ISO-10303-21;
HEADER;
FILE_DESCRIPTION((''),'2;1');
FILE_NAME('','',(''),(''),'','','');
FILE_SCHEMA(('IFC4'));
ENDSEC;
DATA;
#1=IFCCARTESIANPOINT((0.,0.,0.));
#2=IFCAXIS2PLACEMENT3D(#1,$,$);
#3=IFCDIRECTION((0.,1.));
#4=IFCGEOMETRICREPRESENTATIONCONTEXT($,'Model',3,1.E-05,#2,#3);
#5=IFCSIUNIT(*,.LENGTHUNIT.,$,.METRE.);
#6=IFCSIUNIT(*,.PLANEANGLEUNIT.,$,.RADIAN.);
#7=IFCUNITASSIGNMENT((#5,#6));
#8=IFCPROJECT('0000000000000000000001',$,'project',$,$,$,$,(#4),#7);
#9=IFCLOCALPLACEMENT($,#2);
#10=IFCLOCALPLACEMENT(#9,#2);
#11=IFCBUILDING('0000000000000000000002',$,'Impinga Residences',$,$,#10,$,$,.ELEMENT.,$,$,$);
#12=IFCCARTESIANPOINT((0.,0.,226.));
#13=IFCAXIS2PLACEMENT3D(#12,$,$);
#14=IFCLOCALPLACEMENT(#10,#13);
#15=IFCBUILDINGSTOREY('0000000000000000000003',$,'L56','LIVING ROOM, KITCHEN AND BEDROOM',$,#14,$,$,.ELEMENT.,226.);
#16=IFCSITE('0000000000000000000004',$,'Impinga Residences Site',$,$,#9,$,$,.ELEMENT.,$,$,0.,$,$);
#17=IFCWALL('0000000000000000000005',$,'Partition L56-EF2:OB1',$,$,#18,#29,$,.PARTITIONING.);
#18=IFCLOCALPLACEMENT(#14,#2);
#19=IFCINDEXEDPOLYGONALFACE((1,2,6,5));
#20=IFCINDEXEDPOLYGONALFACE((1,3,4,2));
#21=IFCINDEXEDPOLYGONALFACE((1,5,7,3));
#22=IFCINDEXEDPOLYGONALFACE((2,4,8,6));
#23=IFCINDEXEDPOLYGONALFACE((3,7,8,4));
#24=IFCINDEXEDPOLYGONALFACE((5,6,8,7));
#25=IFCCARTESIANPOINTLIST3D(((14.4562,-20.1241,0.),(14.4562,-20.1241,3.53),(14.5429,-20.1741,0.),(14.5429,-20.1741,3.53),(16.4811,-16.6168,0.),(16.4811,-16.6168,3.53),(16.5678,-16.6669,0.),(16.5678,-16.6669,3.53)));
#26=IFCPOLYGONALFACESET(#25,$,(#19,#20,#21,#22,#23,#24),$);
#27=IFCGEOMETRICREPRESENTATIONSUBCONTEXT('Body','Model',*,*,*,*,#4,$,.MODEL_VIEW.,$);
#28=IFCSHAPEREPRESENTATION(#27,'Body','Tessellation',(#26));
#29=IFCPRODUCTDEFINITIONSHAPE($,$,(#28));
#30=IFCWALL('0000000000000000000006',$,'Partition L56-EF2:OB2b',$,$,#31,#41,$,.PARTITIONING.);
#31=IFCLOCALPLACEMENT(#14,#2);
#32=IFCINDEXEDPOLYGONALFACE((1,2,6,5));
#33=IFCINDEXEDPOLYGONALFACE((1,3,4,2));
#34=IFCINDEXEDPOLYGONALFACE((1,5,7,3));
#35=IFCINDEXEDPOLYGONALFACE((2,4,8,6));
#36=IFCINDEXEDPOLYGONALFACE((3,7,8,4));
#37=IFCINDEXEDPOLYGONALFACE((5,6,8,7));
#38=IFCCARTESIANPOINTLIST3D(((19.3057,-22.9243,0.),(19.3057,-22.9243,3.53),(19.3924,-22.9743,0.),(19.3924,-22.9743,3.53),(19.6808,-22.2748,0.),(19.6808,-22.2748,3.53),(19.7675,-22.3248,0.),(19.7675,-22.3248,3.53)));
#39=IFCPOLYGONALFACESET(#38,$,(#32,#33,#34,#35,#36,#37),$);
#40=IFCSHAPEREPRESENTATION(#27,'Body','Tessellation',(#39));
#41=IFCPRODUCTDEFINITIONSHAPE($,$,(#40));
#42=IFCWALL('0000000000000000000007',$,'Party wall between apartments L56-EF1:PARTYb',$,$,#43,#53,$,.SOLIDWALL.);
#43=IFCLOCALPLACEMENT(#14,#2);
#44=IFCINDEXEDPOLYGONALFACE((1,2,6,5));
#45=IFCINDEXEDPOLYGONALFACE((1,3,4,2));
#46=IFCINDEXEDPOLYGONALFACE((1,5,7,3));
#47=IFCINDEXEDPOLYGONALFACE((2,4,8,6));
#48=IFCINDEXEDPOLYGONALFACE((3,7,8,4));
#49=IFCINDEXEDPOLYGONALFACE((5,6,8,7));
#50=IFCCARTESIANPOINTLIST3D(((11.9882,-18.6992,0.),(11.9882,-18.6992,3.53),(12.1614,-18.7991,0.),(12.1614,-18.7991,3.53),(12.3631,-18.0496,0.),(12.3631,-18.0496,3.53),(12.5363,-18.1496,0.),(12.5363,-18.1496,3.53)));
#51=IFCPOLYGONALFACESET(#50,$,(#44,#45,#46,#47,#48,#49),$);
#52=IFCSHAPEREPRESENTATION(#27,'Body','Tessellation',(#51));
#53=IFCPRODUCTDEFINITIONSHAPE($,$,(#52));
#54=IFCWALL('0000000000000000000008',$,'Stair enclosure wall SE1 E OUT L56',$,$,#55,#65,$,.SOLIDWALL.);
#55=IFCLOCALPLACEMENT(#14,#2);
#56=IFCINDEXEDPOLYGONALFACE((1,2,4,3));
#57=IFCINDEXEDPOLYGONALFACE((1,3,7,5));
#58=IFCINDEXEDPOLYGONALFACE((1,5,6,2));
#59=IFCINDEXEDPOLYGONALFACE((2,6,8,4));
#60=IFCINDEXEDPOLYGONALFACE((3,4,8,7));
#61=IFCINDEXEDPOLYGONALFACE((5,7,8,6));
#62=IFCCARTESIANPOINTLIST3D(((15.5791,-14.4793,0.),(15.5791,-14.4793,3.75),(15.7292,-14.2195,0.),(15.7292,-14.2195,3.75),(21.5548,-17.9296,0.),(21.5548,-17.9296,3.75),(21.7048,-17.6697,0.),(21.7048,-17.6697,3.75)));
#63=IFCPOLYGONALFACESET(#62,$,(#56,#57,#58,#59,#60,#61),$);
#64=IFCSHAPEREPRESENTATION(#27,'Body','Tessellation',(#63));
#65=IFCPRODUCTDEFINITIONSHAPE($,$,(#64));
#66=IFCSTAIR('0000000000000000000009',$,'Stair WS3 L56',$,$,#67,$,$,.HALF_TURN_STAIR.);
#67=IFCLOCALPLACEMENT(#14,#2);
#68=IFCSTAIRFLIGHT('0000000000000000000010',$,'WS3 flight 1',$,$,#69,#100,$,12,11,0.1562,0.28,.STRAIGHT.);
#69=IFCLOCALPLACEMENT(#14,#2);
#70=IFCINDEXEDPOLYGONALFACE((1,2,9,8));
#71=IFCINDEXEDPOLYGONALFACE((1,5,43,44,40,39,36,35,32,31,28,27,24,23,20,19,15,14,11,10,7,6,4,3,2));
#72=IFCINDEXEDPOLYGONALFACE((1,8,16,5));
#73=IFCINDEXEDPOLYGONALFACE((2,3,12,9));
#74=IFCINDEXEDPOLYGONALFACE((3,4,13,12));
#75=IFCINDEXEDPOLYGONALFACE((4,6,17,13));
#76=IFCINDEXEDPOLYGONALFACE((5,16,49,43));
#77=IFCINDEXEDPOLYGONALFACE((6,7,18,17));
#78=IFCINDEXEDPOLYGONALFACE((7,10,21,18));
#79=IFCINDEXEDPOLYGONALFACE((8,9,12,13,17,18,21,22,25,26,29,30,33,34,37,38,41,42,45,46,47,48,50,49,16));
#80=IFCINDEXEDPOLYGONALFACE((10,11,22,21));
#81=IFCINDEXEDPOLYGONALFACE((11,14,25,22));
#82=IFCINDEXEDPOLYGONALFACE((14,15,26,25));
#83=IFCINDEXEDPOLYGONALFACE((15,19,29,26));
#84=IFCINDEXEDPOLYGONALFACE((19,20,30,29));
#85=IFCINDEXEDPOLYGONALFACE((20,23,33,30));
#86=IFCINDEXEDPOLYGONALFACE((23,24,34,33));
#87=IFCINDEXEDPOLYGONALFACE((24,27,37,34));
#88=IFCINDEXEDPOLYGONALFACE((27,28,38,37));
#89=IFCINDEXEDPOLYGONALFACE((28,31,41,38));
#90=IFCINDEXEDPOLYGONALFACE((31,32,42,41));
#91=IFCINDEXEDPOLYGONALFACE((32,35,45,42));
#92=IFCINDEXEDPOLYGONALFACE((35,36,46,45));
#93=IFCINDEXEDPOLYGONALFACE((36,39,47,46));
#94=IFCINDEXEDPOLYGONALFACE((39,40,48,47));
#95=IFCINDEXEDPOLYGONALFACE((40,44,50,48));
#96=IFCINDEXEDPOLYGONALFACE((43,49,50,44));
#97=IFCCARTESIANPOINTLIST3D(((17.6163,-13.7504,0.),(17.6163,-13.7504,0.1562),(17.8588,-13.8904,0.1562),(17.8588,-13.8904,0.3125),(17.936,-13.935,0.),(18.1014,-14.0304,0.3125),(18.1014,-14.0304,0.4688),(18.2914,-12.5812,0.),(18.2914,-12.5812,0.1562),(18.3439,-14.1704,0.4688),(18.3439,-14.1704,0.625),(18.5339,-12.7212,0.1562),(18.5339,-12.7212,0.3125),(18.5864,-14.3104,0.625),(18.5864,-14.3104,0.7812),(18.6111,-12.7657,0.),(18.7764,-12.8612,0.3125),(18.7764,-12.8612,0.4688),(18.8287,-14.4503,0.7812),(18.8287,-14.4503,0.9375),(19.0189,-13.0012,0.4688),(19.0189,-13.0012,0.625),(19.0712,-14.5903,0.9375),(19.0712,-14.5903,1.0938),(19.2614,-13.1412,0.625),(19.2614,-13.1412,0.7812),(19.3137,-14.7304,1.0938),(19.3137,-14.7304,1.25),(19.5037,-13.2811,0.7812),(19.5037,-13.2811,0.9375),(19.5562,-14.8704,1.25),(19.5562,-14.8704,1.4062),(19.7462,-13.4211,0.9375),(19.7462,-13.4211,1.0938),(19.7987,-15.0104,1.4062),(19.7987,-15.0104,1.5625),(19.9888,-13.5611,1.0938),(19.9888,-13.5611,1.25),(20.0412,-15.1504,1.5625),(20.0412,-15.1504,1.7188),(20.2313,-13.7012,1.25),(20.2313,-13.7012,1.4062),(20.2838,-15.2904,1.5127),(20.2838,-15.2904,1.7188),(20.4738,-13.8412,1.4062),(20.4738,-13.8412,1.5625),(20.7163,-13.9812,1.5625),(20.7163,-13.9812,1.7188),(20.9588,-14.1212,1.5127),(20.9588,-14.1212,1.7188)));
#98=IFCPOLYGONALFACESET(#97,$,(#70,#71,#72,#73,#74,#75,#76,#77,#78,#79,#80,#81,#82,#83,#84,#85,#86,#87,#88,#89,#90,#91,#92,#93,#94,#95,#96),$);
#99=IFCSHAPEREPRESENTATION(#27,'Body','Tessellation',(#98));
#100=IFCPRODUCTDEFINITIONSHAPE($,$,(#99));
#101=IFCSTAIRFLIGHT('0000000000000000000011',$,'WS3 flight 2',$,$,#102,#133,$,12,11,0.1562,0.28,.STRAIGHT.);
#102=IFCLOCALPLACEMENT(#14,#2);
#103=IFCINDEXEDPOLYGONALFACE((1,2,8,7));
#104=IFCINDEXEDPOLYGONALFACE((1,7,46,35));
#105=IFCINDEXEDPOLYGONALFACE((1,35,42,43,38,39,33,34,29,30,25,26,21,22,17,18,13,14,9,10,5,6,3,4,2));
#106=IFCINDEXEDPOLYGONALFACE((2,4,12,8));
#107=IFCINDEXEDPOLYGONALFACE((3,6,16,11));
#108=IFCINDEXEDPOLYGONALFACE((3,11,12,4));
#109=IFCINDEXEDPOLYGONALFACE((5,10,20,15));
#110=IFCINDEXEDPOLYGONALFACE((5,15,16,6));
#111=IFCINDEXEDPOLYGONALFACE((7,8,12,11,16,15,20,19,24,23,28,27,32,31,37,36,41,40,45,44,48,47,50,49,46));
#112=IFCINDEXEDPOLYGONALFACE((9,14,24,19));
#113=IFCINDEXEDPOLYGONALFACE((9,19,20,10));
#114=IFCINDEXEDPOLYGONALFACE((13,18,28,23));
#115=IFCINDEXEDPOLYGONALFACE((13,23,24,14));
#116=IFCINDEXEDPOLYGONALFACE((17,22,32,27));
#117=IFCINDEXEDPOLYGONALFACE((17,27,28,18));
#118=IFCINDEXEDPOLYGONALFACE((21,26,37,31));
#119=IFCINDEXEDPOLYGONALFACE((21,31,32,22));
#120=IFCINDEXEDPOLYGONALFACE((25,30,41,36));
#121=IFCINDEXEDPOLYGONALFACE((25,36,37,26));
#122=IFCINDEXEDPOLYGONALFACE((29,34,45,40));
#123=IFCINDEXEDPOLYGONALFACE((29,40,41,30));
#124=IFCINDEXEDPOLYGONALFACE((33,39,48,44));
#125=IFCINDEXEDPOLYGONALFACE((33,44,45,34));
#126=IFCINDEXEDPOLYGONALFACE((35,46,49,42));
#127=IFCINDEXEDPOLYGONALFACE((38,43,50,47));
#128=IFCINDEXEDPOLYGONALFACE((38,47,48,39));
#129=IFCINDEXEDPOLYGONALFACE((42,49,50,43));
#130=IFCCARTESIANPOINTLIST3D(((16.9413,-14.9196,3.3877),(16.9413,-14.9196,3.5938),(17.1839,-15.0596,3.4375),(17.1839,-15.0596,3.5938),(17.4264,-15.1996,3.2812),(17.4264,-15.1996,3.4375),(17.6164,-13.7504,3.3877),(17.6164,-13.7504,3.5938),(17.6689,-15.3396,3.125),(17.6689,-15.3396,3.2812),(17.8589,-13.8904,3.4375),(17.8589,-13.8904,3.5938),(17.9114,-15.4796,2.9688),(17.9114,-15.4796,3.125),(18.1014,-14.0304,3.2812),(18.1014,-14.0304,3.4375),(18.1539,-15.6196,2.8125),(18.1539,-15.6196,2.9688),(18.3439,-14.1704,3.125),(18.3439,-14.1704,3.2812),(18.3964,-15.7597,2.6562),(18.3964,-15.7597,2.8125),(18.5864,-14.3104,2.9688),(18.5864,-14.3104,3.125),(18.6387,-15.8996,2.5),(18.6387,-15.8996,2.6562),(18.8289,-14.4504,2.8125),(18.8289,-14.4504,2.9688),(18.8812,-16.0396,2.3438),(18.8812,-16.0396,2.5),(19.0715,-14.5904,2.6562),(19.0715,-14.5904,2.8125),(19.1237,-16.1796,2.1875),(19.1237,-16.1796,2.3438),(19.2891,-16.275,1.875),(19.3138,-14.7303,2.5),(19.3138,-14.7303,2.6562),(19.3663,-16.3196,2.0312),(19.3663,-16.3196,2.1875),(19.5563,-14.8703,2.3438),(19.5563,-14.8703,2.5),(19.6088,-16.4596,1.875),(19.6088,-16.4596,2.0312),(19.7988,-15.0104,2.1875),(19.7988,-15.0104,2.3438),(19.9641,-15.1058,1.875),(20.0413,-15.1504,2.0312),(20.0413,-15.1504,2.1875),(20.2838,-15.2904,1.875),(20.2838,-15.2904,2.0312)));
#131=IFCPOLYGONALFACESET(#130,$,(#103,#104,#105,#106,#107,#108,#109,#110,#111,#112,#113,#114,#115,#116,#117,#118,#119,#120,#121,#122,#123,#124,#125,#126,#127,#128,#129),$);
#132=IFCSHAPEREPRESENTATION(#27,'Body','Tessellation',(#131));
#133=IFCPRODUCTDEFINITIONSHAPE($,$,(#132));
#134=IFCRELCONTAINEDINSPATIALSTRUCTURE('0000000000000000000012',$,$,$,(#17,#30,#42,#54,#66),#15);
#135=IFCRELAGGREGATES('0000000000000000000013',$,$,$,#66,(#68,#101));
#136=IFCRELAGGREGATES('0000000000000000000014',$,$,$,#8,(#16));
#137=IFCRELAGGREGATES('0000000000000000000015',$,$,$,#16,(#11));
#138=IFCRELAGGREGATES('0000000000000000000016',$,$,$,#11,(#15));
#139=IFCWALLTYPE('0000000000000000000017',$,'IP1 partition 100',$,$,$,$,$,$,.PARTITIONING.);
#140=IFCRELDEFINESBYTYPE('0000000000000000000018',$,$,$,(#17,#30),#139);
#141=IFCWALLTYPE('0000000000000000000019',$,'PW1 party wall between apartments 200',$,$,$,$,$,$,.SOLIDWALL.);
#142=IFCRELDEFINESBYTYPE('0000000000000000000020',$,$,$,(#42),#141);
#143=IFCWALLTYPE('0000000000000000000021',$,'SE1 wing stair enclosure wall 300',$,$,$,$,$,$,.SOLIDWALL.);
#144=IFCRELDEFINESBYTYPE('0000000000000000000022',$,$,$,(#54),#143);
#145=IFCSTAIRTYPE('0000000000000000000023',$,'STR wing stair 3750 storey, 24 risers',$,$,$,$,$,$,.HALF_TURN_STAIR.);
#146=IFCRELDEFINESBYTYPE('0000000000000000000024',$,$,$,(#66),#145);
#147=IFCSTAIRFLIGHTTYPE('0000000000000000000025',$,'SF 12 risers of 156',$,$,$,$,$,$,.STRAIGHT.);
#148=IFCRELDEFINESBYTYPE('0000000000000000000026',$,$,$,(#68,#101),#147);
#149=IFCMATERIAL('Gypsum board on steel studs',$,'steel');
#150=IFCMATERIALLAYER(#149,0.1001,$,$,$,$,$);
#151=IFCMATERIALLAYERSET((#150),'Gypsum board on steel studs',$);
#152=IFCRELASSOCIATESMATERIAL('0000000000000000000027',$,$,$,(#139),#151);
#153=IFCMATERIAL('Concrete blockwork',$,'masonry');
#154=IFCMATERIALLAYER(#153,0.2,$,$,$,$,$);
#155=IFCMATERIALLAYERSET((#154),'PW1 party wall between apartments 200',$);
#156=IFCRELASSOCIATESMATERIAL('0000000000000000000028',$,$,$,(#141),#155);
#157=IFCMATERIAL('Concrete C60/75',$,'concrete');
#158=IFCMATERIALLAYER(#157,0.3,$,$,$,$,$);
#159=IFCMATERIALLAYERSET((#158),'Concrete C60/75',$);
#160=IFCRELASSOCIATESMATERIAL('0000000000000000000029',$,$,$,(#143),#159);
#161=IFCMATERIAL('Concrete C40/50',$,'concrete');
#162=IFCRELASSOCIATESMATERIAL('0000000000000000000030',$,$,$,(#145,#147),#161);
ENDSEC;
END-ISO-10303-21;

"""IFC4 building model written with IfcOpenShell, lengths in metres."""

from ifc_helpers import new_model, si_unit, direction, frame, frame_2d, origin, place, context, subcontext, project, spatial, polyline, rectangle, outline, extrude, material, layer, layer_set, type_object, element, aggregate, save


model = new_model("IFC4")

# Units and contexts
model_context = context("Model", 3, precision=1e-05, world=origin(), true_north=direction((0.0, 1.0)))
body_context = subcontext(model_context, "Body", "Model", "MODEL_VIEW")
ifc_project = project(units=[si_unit("LENGTHUNIT", "METRE"), si_unit("PLANEANGLEUNIT", "RADIAN")], contexts=[model_context])

# Site, building, storey
site_placement = place(None, origin())
site = spatial("IfcSite", under=ifc_project, at=site_placement, Name="Impinga Residences Site", CompositionType="ELEMENT", RefElevation=0.0)
building_placement = place(site_placement, origin())
building = spatial("IfcBuilding", under=site, at=building_placement, Name="Impinga Residences", CompositionType="ELEMENT")
storey_placement = place(building_placement, frame((0.0, 0.0, 226.0)))
storey = spatial("IfcBuildingStorey", under=building, at=storey_placement, Name="L56", Description="LIVING ROOM, KITCHEN AND BEDROOM", CompositionType="ELEMENT", Elevation=226.0)

# Shared definitions
ifc_material_1 = material(Name="Concrete C60/75", Category="concrete")

# Shared definitions
ifc_material_2 = material(Name="Gypsum board on steel studs", Category="steel")
ifc_layer_1 = layer(ifc_material_2, 0.1001)
ifc_layer_set_1 = layer_set([ifc_layer_1], Name="Gypsum board on steel studs")
wall_type_1 = type_object("IfcWallType", Name="IP1 partition 100", PredefinedType="PARTITIONING", material=ifc_layer_set_1)

# Walls
wall_1_placement = place(storey_placement, frame((16.5244, -16.6418, 0.0), z_axis=(0.0, 0.0, 1.0), x_axis=(-0.49999, -0.866031, 0.0)))
element("IfcWall", 1, at=wall_1_placement, inside=storey, type_object=wall_type_1, Name="Partition L56-EF2:OB1", PredefinedType="PARTITIONING", context=body_context, shape_type="SweptSolid", body=[
    extrude(rectangle(XDim=4.0498, YDim=0.1001, at=frame_2d((2.0249, 0.0))), origin(), (0.0, 0.0, 1.0), 3.53),
])
wall_2_placement = place(storey_placement, frame((19.7241, -22.2998, 0.0), z_axis=(0.0, 0.0, 1.0), x_axis=(-0.500061, -0.86599, 0.0)))
element("IfcWall", 2, at=wall_2_placement, inside=storey, type_object=wall_type_1, Name="Partition L56-EF2:OB2b", PredefinedType="PARTITIONING", context=body_context, shape_type="SweptSolid", body=[
    extrude(rectangle(XDim=0.75, YDim=0.1001, at=frame_2d((0.375, 0.0))), origin(), (0.0, 0.0, 1.0), 3.53),
])
ifc_material_3 = material(Name="Concrete blockwork", Category="masonry")
ifc_layer_2 = layer(ifc_material_3, 0.2)
ifc_layer_set_2 = layer_set([ifc_layer_2], Name="PW1 party wall between apartments 200")
wall_type_2 = type_object("IfcWallType", Name="PW1 party wall between apartments 200", PredefinedType="SOLIDWALL", material=ifc_layer_set_2)
wall_3_placement = place(storey_placement, frame((12.4497, -18.0996, 0.0), z_axis=(0.0, 0.0, 1.0), x_axis=(-0.49992, -0.866072, 0.0)))
element("IfcWall", 3, at=wall_3_placement, inside=storey, type_object=wall_type_2, Name="Party wall between apartments L56-EF1:PARTYb", PredefinedType="SOLIDWALL", context=body_context, shape_type="SweptSolid", body=[
    extrude(rectangle(XDim=0.75, YDim=0.2, at=frame_2d((0.375, 0.0))), origin(), (0.0, 0.0, 1.0), 3.53),
])
ifc_layer_3 = layer(ifc_material_1, 0.3)
ifc_layer_set_3 = layer_set([ifc_layer_3], Name="Concrete C60/75")
wall_type_3 = type_object("IfcWallType", Name="SE1 wing stair enclosure wall 300", PredefinedType="SOLIDWALL", material=ifc_layer_set_3)
wall_4_placement = place(storey_placement, frame((15.6541, -14.3494, 0.0), z_axis=(0.0, 0.0, 1.0), x_axis=(0.866014, -0.500021, 0.0)))
element("IfcWall", 4, at=wall_4_placement, inside=storey, type_object=wall_type_3, Name="Stair enclosure wall SE1 E OUT L56", PredefinedType="SOLIDWALL", context=body_context, shape_type="SweptSolid", body=[
    extrude(rectangle(XDim=6.9001, YDim=0.3, at=frame_2d((3.4502, 0.0))), origin(), (0.0, 0.0, 1.0), 3.75),
])

# Stair, stair flights
ifc_material_4 = material(Name="Concrete C40/50", Category="concrete")
stair_type = type_object("IfcStairType", Name="STR wing stair 3750 storey, 24 risers", PredefinedType="HALF_TURN_STAIR", material=ifc_material_4)
stair_placement = place(storey_placement, origin())
stair = element("IfcStair", 5, at=stair_placement, inside=storey, type_object=stair_type, Name="Stair WS3 L56", PredefinedType="HALF_TURN_STAIR")
stair_flight_type = type_object("IfcStairFlightType", Name="SF 12 risers of 156", PredefinedType="STRAIGHT", material=ifc_material_4)
stair_flight_1_placement = place(storey_placement, frame((17.9539, -13.1658, 0.0), z_axis=(0.0, 0.0, 1.0), x_axis=(0.866025, -0.5, 0.0)))
stair_flight_1 = element("IfcStairFlight", 6, at=stair_flight_1_placement, type_object=stair_flight_type, Name="WS3 flight 1", NumberOfRisers=12, NumberOfTreads=11, PredefinedType="STRAIGHT", RiserHeight=0.1562, TreadLength=0.28, context=body_context, shape_type="SweptSolid", body=[
    extrude(outline(polyline([(0.0, 0.0), (0.0, 0.1562), (0.28, 0.1562), (0.28, 0.3125), (0.5601, 0.3125), (0.5601, 0.4688), (0.8401, 0.4688), (0.8401, 0.625), (1.1201, 0.625), (1.1201, 0.7812), (1.3999, 0.7812), (1.3999, 0.9375), (1.6799, 0.9375), (1.6799, 1.0938), (1.96, 1.0938), (1.96, 1.25), (2.24, 1.25), (2.24, 1.4062), (2.52, 1.4062), (2.52, 1.5625), (2.8, 1.5625), (2.8, 1.7188), (3.0801, 1.7188), (3.0801, 1.875), (3.0801, 1.5127), (0.3691, 0.0), (0.0, 0.0)])), frame((0.0, 0.675, 0.0), z_axis=(0.0, -1.0, 0.0), x_axis=(1.0, 0.0, 0.0)), (0.0, 0.0, 1.0), 1.3501),
])
stair_flight_2_placement = place(storey_placement, frame((19.9463, -15.875, 1.875), z_axis=(0.0, 0.0, 1.0), x_axis=(-0.866025, 0.5, 0.0)))
stair_flight_2 = element("IfcStairFlight", 7, at=stair_flight_2_placement, type_object=stair_flight_type, Name="WS3 flight 2", NumberOfRisers=12, NumberOfTreads=11, PredefinedType="STRAIGHT", RiserHeight=0.1562, TreadLength=0.28, context=body_context, shape_type="SweptSolid", body=[
    extrude(outline(polyline([(0.0, 0.0), (0.0, 0.1562), (0.28, 0.1562), (0.28, 0.3125), (0.5601, 0.3125), (0.5601, 0.4688), (0.8401, 0.4688), (0.8401, 0.625), (1.1201, 0.625), (1.1201, 0.7812), (1.3999, 0.7812), (1.3999, 0.9375), (1.6799, 0.9375), (1.6799, 1.0938), (1.96, 1.0938), (1.96, 1.25), (2.24, 1.25), (2.24, 1.4062), (2.52, 1.4062), (2.52, 1.5625), (2.8, 1.5625), (2.8, 1.7188), (3.0801, 1.7188), (3.0801, 1.875), (3.0801, 1.5127), (0.3691, 0.0), (0.0, 0.0)])), frame((0.0, 0.675, 0.0), z_axis=(0.0, -1.0, 0.0), x_axis=(1.0, 0.0, 0.0)), (0.0, 0.0, 1.0), 1.3501),
])
aggregate(stair, [stair_flight_1, stair_flight_2])

save(model, "model.ifc")
